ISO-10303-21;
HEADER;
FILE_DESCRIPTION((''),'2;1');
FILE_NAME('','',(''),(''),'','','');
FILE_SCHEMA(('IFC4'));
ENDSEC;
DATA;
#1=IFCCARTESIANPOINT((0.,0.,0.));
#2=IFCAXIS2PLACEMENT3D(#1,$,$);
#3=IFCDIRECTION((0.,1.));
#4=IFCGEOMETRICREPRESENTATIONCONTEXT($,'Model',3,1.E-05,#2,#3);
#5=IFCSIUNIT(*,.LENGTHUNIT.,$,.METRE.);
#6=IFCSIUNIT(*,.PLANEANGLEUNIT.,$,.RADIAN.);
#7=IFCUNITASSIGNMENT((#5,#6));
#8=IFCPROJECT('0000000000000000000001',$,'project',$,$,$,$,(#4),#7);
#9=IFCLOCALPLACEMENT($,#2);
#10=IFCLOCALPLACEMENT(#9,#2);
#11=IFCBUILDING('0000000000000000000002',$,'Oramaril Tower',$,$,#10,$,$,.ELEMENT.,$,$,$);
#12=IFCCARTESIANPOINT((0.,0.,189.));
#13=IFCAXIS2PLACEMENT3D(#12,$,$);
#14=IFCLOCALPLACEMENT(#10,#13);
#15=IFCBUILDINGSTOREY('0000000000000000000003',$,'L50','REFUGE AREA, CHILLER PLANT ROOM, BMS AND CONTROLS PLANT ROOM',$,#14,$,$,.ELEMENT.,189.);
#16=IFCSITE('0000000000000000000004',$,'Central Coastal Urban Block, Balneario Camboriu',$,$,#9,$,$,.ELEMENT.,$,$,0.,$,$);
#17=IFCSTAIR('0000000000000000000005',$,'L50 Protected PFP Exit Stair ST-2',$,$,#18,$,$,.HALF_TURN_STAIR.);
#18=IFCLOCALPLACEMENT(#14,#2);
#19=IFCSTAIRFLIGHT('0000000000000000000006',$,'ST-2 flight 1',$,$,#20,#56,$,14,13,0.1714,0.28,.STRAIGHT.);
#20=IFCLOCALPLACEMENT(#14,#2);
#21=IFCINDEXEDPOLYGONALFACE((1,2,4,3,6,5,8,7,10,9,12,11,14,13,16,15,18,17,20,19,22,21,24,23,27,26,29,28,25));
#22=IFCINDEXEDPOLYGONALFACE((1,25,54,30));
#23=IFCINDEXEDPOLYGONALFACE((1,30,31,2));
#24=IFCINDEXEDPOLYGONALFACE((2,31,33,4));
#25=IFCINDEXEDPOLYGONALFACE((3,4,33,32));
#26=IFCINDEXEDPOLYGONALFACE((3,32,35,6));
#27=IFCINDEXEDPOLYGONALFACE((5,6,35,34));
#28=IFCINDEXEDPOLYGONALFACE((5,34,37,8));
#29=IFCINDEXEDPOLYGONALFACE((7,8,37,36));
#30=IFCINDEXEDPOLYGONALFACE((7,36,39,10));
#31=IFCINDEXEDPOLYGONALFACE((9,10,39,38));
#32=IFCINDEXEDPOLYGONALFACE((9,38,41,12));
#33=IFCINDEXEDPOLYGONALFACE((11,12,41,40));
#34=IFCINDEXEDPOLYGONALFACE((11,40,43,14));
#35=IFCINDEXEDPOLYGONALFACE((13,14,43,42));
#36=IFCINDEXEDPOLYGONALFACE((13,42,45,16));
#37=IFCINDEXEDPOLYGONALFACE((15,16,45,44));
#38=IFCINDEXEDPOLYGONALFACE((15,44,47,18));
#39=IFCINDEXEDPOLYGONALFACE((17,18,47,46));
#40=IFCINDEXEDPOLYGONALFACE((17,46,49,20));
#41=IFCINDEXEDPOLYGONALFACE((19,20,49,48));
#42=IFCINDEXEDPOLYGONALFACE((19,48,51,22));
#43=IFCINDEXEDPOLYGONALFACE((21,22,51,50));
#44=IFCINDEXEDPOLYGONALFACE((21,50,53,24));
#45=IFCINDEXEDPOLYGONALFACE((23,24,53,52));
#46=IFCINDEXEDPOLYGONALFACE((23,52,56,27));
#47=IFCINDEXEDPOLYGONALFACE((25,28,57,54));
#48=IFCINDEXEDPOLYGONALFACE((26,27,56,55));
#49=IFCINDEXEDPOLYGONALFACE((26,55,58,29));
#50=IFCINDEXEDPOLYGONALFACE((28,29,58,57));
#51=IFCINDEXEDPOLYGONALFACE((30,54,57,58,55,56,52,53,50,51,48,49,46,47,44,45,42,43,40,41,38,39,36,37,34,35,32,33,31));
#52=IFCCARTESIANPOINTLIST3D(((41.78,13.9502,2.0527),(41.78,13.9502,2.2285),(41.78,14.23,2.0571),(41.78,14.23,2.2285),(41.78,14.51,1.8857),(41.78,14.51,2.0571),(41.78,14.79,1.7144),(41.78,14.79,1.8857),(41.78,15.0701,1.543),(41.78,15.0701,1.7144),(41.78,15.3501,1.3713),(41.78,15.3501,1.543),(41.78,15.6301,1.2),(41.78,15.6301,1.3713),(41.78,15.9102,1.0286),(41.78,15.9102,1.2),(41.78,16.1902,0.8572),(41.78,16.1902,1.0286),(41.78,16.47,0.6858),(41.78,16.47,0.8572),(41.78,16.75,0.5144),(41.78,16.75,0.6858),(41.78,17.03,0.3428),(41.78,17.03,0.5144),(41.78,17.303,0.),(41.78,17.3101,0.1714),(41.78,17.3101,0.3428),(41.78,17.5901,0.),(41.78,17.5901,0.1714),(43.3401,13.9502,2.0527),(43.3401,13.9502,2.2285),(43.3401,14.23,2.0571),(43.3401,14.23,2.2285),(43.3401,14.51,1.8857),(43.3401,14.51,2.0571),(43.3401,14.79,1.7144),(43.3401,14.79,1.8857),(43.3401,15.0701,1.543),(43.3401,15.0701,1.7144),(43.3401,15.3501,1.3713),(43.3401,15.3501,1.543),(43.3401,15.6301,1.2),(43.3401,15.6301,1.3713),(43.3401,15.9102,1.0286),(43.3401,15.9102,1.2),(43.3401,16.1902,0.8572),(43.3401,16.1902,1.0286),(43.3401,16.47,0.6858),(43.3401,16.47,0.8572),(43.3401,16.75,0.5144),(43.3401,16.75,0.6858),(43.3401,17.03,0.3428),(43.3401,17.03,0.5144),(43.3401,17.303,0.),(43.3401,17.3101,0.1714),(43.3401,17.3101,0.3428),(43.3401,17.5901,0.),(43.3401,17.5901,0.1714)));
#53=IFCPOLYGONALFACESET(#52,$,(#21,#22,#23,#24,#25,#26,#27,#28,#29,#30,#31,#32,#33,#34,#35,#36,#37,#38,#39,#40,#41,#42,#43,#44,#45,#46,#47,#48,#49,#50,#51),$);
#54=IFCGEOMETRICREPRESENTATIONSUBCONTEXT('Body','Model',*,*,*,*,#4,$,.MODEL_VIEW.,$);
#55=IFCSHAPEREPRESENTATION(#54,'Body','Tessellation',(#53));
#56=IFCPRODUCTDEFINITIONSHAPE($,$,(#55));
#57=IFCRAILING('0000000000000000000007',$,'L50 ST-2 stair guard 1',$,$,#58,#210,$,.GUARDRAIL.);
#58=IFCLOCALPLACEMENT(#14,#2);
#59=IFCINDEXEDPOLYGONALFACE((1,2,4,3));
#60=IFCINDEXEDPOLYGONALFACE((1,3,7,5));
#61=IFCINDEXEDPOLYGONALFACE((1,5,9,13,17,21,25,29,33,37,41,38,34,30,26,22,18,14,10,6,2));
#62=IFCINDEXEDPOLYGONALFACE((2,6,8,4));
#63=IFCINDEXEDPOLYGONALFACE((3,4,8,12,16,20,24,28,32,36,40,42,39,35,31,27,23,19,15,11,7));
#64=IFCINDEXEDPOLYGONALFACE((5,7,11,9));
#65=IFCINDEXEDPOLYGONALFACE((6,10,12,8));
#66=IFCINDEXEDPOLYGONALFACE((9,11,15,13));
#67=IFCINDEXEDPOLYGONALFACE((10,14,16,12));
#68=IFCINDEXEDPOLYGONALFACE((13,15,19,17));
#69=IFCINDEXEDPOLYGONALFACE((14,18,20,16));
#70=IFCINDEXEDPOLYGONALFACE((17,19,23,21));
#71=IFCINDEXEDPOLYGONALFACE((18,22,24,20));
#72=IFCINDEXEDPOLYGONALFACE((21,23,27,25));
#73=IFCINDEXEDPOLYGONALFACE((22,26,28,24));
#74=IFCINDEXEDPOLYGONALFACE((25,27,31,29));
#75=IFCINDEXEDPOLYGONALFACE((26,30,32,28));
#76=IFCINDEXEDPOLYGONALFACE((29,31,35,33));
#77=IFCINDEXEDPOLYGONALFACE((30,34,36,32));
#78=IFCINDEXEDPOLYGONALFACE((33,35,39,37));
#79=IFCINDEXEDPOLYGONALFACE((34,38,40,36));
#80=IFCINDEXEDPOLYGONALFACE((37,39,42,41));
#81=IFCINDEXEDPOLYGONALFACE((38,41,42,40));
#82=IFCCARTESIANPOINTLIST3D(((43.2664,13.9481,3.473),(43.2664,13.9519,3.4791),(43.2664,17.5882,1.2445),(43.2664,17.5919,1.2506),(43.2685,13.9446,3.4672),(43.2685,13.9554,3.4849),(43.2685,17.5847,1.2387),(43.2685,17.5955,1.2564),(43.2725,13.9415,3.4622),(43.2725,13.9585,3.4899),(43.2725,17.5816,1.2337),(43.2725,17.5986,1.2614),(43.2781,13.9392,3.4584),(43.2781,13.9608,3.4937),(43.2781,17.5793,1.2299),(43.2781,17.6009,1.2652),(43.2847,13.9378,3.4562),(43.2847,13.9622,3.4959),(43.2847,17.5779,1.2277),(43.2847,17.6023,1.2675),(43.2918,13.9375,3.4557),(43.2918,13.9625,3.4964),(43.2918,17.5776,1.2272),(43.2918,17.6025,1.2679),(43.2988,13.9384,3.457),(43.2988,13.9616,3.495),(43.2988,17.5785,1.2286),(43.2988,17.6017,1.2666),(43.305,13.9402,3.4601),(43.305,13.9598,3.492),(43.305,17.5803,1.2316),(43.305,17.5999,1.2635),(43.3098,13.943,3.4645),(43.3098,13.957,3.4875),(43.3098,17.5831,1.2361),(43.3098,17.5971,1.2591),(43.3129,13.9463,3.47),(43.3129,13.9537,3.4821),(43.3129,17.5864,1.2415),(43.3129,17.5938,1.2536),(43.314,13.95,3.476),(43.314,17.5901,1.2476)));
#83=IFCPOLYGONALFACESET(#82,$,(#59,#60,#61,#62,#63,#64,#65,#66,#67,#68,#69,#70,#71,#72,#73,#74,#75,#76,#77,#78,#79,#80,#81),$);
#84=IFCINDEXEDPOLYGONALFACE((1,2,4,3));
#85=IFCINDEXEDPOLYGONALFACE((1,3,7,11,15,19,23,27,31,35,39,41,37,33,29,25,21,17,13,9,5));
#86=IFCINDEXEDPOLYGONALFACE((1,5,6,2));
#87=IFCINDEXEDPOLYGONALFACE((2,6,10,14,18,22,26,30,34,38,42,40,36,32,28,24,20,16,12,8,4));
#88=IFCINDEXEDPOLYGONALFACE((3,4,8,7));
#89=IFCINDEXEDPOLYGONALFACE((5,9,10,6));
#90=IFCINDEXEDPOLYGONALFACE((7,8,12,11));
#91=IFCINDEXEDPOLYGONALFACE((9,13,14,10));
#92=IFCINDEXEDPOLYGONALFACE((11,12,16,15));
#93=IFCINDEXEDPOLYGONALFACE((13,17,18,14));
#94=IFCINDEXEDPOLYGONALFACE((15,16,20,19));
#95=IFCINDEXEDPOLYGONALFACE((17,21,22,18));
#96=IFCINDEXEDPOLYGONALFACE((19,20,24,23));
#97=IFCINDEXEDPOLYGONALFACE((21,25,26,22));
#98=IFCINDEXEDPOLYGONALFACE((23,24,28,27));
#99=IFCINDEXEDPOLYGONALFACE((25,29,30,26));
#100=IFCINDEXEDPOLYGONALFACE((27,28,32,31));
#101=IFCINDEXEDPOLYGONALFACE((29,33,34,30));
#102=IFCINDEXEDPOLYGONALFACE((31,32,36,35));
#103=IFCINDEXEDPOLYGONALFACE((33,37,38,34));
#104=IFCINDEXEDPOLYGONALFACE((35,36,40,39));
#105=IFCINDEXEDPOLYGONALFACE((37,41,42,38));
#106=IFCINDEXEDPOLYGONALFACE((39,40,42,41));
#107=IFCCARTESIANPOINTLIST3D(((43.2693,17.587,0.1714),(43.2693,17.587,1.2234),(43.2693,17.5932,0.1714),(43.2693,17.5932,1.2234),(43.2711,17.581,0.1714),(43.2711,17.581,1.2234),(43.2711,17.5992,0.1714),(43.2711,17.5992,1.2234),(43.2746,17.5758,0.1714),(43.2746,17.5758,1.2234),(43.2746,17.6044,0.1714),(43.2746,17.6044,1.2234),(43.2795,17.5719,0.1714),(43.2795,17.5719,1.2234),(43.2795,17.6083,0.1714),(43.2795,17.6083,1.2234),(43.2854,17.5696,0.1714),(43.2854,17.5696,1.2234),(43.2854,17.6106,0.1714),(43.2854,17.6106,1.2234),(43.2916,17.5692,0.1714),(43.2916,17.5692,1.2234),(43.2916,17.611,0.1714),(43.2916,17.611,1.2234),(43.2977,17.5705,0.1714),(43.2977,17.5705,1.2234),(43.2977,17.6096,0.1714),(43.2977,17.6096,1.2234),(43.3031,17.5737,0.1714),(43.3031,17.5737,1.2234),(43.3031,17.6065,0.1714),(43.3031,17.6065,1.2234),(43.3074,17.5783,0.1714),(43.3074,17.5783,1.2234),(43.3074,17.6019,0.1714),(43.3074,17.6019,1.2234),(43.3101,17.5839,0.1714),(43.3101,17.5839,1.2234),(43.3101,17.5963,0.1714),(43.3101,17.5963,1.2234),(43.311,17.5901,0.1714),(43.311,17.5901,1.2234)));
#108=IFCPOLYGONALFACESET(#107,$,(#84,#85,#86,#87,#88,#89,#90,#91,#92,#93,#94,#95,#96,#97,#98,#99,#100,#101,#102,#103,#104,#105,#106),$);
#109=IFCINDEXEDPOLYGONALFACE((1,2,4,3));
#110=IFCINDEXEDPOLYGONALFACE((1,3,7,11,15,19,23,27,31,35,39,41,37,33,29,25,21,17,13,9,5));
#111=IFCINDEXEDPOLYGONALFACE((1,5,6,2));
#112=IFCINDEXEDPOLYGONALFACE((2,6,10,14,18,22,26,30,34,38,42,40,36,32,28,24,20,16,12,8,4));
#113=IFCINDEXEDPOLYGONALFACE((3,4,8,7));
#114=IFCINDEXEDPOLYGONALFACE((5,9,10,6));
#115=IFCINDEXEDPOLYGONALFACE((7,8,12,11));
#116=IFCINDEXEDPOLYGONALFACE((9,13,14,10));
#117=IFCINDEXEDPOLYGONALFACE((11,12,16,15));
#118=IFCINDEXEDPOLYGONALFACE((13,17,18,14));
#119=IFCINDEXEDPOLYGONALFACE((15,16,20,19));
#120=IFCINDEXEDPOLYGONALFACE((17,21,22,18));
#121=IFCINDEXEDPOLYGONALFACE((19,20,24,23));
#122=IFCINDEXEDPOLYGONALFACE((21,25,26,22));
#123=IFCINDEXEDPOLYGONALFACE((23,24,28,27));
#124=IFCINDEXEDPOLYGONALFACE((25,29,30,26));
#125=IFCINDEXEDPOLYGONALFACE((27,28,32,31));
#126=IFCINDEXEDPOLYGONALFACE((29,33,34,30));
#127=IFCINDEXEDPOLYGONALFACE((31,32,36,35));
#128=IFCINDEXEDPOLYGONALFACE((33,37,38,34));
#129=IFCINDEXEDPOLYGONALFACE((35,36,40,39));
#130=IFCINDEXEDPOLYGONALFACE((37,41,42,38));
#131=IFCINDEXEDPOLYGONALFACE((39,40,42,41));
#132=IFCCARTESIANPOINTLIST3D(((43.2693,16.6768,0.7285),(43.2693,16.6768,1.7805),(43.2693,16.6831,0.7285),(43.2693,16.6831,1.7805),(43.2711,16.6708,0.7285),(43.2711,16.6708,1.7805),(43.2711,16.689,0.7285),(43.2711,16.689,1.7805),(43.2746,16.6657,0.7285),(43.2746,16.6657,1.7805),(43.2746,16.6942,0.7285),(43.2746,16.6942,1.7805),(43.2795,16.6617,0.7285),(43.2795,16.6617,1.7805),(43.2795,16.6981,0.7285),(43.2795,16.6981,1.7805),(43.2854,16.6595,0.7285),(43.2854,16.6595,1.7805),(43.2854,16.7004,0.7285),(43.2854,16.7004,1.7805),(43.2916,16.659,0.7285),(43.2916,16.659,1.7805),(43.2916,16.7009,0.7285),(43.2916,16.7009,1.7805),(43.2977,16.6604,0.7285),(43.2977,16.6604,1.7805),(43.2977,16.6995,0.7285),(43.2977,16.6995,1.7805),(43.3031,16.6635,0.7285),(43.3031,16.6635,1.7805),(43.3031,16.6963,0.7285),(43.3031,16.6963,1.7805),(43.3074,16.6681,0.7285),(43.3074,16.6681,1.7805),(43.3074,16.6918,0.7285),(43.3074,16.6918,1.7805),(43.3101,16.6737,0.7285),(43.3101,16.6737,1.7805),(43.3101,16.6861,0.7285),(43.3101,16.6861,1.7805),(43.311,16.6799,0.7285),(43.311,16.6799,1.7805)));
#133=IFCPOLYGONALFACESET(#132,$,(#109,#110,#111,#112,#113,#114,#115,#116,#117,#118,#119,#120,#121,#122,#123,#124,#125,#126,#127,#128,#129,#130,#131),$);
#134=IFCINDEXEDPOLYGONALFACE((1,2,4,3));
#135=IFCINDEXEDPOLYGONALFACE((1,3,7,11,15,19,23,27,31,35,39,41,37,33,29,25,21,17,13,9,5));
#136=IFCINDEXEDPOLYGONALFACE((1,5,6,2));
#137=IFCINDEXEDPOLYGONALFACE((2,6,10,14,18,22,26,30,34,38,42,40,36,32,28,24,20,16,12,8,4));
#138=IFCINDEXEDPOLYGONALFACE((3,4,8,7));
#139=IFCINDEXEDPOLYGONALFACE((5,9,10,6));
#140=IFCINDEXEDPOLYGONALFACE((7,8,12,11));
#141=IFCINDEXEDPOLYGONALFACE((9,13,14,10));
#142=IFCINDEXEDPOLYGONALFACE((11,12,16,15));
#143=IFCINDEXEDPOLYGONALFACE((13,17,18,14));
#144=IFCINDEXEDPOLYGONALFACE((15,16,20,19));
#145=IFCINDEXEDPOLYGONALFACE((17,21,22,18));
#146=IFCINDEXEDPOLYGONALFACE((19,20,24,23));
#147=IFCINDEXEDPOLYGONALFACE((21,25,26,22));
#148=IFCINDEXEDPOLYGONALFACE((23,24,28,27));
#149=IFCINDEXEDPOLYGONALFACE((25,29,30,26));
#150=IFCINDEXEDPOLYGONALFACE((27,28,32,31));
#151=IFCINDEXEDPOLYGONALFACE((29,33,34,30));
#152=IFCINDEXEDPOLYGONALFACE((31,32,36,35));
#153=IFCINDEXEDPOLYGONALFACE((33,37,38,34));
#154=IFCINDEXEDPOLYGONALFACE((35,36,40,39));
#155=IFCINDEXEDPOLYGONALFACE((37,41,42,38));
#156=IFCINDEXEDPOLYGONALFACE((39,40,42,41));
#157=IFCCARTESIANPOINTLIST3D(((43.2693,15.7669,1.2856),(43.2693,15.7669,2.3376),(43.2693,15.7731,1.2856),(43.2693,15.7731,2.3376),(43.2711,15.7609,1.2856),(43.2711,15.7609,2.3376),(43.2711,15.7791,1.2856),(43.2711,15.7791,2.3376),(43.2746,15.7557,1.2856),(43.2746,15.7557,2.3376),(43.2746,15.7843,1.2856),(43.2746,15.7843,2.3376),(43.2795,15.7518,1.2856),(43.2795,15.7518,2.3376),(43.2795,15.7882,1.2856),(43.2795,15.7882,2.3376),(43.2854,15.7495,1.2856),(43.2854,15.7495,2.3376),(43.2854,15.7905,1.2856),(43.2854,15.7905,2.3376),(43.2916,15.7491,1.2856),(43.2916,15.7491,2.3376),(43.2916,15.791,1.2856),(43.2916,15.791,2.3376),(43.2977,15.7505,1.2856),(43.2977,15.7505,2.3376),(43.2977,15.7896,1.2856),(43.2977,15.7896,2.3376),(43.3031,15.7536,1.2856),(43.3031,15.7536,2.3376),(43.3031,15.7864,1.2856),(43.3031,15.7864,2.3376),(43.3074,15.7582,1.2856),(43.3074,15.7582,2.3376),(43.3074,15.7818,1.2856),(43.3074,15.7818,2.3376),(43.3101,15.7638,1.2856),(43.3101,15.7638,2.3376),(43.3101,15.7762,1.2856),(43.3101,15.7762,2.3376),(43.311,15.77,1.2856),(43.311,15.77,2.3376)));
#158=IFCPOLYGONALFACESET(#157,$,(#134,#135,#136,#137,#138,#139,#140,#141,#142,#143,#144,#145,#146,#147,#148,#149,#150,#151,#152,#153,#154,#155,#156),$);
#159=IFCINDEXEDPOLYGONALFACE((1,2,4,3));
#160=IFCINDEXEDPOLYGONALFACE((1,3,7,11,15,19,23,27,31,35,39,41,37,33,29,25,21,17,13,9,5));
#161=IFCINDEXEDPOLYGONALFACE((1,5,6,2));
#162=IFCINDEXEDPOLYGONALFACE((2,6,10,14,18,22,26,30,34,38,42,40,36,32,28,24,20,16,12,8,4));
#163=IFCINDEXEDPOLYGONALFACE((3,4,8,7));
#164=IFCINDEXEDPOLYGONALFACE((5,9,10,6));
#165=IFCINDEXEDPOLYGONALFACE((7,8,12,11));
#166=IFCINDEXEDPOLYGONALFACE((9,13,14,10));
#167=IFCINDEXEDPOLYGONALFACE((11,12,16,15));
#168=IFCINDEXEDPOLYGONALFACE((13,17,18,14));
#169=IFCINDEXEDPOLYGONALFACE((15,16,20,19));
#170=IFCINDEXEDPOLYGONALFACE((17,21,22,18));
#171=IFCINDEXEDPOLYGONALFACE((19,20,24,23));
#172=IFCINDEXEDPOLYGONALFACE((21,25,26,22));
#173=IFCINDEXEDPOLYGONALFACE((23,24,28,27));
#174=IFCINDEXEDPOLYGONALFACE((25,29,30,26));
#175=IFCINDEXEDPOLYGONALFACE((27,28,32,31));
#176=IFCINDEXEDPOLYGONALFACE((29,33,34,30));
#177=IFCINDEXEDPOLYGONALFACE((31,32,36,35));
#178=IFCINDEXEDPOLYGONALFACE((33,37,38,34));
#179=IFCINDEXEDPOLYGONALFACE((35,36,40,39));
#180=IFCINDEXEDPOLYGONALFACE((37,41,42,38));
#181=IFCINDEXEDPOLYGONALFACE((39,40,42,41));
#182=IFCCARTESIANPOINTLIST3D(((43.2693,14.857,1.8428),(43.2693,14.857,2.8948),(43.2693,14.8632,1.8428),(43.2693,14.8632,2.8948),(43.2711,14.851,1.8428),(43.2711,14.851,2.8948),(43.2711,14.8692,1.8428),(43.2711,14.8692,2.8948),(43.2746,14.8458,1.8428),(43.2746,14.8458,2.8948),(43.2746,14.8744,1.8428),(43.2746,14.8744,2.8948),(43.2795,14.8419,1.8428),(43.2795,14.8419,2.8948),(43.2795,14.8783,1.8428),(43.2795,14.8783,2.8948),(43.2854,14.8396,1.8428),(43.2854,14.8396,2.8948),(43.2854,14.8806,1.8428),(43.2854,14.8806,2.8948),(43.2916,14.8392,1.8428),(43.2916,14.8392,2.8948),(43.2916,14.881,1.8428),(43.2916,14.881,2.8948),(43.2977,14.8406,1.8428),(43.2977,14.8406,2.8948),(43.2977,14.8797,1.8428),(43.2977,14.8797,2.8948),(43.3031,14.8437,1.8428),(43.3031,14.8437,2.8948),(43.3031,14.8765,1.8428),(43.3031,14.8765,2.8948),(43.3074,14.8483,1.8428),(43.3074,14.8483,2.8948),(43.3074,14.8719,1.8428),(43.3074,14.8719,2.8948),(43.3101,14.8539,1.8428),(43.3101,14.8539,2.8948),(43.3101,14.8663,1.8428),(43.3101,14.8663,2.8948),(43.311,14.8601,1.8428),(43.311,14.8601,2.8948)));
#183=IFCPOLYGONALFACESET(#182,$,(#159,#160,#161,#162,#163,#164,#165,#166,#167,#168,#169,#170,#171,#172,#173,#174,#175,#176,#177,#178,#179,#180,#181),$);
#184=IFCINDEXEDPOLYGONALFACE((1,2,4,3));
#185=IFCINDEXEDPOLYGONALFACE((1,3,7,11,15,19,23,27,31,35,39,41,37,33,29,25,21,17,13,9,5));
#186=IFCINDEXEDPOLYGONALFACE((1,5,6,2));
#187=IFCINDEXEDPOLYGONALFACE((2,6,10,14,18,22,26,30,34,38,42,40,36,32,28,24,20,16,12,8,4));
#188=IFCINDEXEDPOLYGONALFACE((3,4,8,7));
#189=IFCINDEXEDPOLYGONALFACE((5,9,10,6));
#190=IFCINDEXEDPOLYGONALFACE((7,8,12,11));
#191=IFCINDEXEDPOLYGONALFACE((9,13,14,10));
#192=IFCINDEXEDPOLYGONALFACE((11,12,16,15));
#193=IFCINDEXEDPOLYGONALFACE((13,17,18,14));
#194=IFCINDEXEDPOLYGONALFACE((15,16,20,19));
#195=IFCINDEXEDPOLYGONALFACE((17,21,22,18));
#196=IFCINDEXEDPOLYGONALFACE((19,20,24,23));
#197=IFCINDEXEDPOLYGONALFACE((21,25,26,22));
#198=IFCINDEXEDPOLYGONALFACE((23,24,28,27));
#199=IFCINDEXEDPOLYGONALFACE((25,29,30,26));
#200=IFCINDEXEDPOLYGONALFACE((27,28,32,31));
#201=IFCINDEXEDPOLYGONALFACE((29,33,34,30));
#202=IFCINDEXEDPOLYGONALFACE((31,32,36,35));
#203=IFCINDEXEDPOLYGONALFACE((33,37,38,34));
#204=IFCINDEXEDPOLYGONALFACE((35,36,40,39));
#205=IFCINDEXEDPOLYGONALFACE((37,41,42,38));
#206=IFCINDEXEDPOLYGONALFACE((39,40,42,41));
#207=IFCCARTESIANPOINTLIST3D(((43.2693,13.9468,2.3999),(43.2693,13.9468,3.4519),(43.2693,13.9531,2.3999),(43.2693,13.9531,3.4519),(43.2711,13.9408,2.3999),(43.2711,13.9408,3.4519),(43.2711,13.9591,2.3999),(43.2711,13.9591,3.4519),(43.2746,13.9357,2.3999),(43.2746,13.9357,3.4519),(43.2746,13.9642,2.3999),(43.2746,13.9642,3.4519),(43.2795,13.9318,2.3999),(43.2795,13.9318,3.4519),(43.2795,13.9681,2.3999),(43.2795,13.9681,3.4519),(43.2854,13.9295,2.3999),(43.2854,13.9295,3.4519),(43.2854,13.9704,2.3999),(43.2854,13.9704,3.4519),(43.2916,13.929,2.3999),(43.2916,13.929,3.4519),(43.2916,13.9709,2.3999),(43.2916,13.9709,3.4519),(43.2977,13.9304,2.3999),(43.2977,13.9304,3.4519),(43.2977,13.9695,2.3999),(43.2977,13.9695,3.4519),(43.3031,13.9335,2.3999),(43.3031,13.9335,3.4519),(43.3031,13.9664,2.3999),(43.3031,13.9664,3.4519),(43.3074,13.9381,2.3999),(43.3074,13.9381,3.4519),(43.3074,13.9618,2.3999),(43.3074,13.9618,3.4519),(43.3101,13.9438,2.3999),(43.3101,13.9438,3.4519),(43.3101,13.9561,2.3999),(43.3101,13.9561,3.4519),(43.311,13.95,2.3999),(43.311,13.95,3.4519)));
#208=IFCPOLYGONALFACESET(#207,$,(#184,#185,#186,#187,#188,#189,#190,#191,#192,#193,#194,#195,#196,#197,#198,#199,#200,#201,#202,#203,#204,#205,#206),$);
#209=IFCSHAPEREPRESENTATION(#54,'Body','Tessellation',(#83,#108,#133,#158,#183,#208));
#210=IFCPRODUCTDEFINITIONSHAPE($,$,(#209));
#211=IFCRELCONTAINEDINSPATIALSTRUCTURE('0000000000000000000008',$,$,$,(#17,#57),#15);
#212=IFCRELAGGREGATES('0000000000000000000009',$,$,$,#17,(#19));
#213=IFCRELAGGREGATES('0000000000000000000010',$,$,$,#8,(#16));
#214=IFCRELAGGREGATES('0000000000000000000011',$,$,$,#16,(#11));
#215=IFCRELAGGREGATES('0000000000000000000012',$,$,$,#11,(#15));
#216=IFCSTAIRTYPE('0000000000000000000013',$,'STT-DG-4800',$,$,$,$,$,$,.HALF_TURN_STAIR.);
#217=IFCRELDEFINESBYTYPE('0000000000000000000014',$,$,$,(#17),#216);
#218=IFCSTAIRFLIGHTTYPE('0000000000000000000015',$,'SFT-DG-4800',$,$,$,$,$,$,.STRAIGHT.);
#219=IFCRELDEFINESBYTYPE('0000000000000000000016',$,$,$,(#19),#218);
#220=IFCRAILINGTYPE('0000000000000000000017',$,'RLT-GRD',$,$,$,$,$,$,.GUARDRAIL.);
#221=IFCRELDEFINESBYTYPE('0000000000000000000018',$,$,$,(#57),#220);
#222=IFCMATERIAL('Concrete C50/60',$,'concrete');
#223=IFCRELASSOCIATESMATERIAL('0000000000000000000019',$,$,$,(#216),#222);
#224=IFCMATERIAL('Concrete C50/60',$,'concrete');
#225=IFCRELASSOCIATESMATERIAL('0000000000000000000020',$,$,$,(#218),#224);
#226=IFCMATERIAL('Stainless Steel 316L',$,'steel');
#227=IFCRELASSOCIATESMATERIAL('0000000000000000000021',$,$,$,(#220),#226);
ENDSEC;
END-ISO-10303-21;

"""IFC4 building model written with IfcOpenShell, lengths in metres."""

from ifc_helpers import new_model, si_unit, direction, frame, origin, origin_2d, place, context, subcontext, project, spatial, polyline, circle, outline, extrude, material, type_object, element, aggregate, save


model = new_model("IFC4")

# Units and contexts
model_context = context("Model", 3, precision=1e-05, world=origin(), true_north=direction((0.0, 1.0)))
body_context = subcontext(model_context, "Body", "Model", "MODEL_VIEW")
ifc_project = project(units=[si_unit("LENGTHUNIT", "METRE"), si_unit("PLANEANGLEUNIT", "RADIAN")], contexts=[model_context])

# Site, building, storey
site_placement = place(None, origin())
site = spatial("IfcSite", under=ifc_project, at=site_placement, Name="Central Coastal Urban Block, Balneario Camboriu", CompositionType="ELEMENT", RefElevation=0.0)
building_placement = place(site_placement, origin())
building = spatial("IfcBuilding", under=site, at=building_placement, Name="Oramaril Tower", CompositionType="ELEMENT")
storey_placement = place(building_placement, frame((0.0, 0.0, 189.0)))
storey = spatial("IfcBuildingStorey", under=building, at=storey_placement, Name="L50", Description="REFUGE AREA, CHILLER PLANT ROOM, BMS AND CONTROLS PLANT ROOM", CompositionType="ELEMENT", Elevation=189.0)

# Stair, stair flight
ifc_material_1 = material(Name="Concrete C50/60", Category="concrete")
stair_type = type_object("IfcStairType", Name="STT-DG-4800", PredefinedType="HALF_TURN_STAIR", material=ifc_material_1)
stair_placement = place(storey_placement, origin())
stair = element("IfcStair", 1, at=stair_placement, inside=storey, type_object=stair_type, Name="L50 Protected PFP Exit Stair ST-2", PredefinedType="HALF_TURN_STAIR")
ifc_material_2 = material(Name="Concrete C50/60", Category="concrete")
stair_flight_type = type_object("IfcStairFlightType", Name="SFT-DG-4800", PredefinedType="STRAIGHT", material=ifc_material_2)
stair_flight_placement = place(storey_placement, frame((42.5601, 17.5901, 0.0), z_axis=(0.0, 0.0, 1.0), x_axis=(0.0, -1.0, 0.0)))
stair_flight = element("IfcStairFlight", 2, at=stair_flight_placement, type_object=stair_flight_type, Name="ST-2 flight 1", NumberOfRisers=14, NumberOfTreads=13, PredefinedType="STRAIGHT", RiserHeight=0.1714, TreadLength=0.28, context=body_context, shape_type="SweptSolid", body=[
    extrude(outline(polyline([(0.0, 0.0), (0.0, 0.1714), (0.28, 0.1714), (0.28, 0.3428), (0.5601, 0.3428), (0.5601, 0.5144), (0.8401, 0.5144), (0.8401, 0.6858), (1.1201, 0.6858), (1.1201, 0.8572), (1.3999, 0.8572), (1.3999, 1.0286), (1.6799, 1.0286), (1.6799, 1.2), (1.96, 1.2), (1.96, 1.3713), (2.24, 1.3713), (2.24, 1.543), (2.52, 1.543), (2.52, 1.7144), (2.8, 1.7144), (2.8, 1.8857), (3.0801, 1.8857), (3.0801, 2.0571), (3.3601, 2.0571), (3.3601, 2.2285), (3.6399, 2.2285), (3.6399, 2.3999), (3.6399, 2.0527), (0.2871, 0.0), (0.0, 0.0)])), frame((0.0, 0.78, 0.0), z_axis=(0.0, -1.0, 0.0), x_axis=(1.0, 0.0, 0.0)), (0.0, 0.0, 1.0), 1.5601),
])
aggregate(stair, [stair_flight])

# Railing
ifc_material_3 = material(Name="Stainless Steel 316L", Category="steel")
railing_type_1 = type_object("IfcRailingType", Name="RLT-GRD", PredefinedType="GUARDRAIL", material=ifc_material_3)
railing_1_placement = place(storey_placement, frame((43.29, 17.5901, 0.1714)))
element("IfcRailing", 3, at=railing_1_placement, inside=storey, type_object=railing_type_1, Name="L50 ST-2 stair guard 1", PredefinedType="GUARDRAIL", context=body_context, shape_type="SweptSolid", body=[
    extrude(circle(Radius=0.0239, at=origin_2d()), frame((0.0, 0.0, 1.0762), z_axis=(0.0, -0.852866, 0.52213), x_axis=(1.0, 0.0, 0.0)), (0.0, 0.0, 1.0), 4.2681),
    extrude(circle(Radius=0.021, at=origin_2d()), origin(), (0.0, 0.0, 1.0), 1.052),
    extrude(circle(Radius=0.021, at=origin_2d()), frame((0.0, -0.9102, 0.5571)), (0.0, 0.0, 1.0), 1.052),
    extrude(circle(Radius=0.021, at=origin_2d()), frame((0.0, -1.8201, 1.1143)), (0.0, 0.0, 1.0), 1.052),
    extrude(circle(Radius=0.021, at=origin_2d()), frame((0.0, -2.73, 1.6714)), (0.0, 0.0, 1.0), 1.052),
    extrude(circle(Radius=0.021, at=origin_2d()), frame((0.0, -3.6401, 2.2285)), (0.0, 0.0, 1.0), 1.052),
])

save(model, "model.ifc")
